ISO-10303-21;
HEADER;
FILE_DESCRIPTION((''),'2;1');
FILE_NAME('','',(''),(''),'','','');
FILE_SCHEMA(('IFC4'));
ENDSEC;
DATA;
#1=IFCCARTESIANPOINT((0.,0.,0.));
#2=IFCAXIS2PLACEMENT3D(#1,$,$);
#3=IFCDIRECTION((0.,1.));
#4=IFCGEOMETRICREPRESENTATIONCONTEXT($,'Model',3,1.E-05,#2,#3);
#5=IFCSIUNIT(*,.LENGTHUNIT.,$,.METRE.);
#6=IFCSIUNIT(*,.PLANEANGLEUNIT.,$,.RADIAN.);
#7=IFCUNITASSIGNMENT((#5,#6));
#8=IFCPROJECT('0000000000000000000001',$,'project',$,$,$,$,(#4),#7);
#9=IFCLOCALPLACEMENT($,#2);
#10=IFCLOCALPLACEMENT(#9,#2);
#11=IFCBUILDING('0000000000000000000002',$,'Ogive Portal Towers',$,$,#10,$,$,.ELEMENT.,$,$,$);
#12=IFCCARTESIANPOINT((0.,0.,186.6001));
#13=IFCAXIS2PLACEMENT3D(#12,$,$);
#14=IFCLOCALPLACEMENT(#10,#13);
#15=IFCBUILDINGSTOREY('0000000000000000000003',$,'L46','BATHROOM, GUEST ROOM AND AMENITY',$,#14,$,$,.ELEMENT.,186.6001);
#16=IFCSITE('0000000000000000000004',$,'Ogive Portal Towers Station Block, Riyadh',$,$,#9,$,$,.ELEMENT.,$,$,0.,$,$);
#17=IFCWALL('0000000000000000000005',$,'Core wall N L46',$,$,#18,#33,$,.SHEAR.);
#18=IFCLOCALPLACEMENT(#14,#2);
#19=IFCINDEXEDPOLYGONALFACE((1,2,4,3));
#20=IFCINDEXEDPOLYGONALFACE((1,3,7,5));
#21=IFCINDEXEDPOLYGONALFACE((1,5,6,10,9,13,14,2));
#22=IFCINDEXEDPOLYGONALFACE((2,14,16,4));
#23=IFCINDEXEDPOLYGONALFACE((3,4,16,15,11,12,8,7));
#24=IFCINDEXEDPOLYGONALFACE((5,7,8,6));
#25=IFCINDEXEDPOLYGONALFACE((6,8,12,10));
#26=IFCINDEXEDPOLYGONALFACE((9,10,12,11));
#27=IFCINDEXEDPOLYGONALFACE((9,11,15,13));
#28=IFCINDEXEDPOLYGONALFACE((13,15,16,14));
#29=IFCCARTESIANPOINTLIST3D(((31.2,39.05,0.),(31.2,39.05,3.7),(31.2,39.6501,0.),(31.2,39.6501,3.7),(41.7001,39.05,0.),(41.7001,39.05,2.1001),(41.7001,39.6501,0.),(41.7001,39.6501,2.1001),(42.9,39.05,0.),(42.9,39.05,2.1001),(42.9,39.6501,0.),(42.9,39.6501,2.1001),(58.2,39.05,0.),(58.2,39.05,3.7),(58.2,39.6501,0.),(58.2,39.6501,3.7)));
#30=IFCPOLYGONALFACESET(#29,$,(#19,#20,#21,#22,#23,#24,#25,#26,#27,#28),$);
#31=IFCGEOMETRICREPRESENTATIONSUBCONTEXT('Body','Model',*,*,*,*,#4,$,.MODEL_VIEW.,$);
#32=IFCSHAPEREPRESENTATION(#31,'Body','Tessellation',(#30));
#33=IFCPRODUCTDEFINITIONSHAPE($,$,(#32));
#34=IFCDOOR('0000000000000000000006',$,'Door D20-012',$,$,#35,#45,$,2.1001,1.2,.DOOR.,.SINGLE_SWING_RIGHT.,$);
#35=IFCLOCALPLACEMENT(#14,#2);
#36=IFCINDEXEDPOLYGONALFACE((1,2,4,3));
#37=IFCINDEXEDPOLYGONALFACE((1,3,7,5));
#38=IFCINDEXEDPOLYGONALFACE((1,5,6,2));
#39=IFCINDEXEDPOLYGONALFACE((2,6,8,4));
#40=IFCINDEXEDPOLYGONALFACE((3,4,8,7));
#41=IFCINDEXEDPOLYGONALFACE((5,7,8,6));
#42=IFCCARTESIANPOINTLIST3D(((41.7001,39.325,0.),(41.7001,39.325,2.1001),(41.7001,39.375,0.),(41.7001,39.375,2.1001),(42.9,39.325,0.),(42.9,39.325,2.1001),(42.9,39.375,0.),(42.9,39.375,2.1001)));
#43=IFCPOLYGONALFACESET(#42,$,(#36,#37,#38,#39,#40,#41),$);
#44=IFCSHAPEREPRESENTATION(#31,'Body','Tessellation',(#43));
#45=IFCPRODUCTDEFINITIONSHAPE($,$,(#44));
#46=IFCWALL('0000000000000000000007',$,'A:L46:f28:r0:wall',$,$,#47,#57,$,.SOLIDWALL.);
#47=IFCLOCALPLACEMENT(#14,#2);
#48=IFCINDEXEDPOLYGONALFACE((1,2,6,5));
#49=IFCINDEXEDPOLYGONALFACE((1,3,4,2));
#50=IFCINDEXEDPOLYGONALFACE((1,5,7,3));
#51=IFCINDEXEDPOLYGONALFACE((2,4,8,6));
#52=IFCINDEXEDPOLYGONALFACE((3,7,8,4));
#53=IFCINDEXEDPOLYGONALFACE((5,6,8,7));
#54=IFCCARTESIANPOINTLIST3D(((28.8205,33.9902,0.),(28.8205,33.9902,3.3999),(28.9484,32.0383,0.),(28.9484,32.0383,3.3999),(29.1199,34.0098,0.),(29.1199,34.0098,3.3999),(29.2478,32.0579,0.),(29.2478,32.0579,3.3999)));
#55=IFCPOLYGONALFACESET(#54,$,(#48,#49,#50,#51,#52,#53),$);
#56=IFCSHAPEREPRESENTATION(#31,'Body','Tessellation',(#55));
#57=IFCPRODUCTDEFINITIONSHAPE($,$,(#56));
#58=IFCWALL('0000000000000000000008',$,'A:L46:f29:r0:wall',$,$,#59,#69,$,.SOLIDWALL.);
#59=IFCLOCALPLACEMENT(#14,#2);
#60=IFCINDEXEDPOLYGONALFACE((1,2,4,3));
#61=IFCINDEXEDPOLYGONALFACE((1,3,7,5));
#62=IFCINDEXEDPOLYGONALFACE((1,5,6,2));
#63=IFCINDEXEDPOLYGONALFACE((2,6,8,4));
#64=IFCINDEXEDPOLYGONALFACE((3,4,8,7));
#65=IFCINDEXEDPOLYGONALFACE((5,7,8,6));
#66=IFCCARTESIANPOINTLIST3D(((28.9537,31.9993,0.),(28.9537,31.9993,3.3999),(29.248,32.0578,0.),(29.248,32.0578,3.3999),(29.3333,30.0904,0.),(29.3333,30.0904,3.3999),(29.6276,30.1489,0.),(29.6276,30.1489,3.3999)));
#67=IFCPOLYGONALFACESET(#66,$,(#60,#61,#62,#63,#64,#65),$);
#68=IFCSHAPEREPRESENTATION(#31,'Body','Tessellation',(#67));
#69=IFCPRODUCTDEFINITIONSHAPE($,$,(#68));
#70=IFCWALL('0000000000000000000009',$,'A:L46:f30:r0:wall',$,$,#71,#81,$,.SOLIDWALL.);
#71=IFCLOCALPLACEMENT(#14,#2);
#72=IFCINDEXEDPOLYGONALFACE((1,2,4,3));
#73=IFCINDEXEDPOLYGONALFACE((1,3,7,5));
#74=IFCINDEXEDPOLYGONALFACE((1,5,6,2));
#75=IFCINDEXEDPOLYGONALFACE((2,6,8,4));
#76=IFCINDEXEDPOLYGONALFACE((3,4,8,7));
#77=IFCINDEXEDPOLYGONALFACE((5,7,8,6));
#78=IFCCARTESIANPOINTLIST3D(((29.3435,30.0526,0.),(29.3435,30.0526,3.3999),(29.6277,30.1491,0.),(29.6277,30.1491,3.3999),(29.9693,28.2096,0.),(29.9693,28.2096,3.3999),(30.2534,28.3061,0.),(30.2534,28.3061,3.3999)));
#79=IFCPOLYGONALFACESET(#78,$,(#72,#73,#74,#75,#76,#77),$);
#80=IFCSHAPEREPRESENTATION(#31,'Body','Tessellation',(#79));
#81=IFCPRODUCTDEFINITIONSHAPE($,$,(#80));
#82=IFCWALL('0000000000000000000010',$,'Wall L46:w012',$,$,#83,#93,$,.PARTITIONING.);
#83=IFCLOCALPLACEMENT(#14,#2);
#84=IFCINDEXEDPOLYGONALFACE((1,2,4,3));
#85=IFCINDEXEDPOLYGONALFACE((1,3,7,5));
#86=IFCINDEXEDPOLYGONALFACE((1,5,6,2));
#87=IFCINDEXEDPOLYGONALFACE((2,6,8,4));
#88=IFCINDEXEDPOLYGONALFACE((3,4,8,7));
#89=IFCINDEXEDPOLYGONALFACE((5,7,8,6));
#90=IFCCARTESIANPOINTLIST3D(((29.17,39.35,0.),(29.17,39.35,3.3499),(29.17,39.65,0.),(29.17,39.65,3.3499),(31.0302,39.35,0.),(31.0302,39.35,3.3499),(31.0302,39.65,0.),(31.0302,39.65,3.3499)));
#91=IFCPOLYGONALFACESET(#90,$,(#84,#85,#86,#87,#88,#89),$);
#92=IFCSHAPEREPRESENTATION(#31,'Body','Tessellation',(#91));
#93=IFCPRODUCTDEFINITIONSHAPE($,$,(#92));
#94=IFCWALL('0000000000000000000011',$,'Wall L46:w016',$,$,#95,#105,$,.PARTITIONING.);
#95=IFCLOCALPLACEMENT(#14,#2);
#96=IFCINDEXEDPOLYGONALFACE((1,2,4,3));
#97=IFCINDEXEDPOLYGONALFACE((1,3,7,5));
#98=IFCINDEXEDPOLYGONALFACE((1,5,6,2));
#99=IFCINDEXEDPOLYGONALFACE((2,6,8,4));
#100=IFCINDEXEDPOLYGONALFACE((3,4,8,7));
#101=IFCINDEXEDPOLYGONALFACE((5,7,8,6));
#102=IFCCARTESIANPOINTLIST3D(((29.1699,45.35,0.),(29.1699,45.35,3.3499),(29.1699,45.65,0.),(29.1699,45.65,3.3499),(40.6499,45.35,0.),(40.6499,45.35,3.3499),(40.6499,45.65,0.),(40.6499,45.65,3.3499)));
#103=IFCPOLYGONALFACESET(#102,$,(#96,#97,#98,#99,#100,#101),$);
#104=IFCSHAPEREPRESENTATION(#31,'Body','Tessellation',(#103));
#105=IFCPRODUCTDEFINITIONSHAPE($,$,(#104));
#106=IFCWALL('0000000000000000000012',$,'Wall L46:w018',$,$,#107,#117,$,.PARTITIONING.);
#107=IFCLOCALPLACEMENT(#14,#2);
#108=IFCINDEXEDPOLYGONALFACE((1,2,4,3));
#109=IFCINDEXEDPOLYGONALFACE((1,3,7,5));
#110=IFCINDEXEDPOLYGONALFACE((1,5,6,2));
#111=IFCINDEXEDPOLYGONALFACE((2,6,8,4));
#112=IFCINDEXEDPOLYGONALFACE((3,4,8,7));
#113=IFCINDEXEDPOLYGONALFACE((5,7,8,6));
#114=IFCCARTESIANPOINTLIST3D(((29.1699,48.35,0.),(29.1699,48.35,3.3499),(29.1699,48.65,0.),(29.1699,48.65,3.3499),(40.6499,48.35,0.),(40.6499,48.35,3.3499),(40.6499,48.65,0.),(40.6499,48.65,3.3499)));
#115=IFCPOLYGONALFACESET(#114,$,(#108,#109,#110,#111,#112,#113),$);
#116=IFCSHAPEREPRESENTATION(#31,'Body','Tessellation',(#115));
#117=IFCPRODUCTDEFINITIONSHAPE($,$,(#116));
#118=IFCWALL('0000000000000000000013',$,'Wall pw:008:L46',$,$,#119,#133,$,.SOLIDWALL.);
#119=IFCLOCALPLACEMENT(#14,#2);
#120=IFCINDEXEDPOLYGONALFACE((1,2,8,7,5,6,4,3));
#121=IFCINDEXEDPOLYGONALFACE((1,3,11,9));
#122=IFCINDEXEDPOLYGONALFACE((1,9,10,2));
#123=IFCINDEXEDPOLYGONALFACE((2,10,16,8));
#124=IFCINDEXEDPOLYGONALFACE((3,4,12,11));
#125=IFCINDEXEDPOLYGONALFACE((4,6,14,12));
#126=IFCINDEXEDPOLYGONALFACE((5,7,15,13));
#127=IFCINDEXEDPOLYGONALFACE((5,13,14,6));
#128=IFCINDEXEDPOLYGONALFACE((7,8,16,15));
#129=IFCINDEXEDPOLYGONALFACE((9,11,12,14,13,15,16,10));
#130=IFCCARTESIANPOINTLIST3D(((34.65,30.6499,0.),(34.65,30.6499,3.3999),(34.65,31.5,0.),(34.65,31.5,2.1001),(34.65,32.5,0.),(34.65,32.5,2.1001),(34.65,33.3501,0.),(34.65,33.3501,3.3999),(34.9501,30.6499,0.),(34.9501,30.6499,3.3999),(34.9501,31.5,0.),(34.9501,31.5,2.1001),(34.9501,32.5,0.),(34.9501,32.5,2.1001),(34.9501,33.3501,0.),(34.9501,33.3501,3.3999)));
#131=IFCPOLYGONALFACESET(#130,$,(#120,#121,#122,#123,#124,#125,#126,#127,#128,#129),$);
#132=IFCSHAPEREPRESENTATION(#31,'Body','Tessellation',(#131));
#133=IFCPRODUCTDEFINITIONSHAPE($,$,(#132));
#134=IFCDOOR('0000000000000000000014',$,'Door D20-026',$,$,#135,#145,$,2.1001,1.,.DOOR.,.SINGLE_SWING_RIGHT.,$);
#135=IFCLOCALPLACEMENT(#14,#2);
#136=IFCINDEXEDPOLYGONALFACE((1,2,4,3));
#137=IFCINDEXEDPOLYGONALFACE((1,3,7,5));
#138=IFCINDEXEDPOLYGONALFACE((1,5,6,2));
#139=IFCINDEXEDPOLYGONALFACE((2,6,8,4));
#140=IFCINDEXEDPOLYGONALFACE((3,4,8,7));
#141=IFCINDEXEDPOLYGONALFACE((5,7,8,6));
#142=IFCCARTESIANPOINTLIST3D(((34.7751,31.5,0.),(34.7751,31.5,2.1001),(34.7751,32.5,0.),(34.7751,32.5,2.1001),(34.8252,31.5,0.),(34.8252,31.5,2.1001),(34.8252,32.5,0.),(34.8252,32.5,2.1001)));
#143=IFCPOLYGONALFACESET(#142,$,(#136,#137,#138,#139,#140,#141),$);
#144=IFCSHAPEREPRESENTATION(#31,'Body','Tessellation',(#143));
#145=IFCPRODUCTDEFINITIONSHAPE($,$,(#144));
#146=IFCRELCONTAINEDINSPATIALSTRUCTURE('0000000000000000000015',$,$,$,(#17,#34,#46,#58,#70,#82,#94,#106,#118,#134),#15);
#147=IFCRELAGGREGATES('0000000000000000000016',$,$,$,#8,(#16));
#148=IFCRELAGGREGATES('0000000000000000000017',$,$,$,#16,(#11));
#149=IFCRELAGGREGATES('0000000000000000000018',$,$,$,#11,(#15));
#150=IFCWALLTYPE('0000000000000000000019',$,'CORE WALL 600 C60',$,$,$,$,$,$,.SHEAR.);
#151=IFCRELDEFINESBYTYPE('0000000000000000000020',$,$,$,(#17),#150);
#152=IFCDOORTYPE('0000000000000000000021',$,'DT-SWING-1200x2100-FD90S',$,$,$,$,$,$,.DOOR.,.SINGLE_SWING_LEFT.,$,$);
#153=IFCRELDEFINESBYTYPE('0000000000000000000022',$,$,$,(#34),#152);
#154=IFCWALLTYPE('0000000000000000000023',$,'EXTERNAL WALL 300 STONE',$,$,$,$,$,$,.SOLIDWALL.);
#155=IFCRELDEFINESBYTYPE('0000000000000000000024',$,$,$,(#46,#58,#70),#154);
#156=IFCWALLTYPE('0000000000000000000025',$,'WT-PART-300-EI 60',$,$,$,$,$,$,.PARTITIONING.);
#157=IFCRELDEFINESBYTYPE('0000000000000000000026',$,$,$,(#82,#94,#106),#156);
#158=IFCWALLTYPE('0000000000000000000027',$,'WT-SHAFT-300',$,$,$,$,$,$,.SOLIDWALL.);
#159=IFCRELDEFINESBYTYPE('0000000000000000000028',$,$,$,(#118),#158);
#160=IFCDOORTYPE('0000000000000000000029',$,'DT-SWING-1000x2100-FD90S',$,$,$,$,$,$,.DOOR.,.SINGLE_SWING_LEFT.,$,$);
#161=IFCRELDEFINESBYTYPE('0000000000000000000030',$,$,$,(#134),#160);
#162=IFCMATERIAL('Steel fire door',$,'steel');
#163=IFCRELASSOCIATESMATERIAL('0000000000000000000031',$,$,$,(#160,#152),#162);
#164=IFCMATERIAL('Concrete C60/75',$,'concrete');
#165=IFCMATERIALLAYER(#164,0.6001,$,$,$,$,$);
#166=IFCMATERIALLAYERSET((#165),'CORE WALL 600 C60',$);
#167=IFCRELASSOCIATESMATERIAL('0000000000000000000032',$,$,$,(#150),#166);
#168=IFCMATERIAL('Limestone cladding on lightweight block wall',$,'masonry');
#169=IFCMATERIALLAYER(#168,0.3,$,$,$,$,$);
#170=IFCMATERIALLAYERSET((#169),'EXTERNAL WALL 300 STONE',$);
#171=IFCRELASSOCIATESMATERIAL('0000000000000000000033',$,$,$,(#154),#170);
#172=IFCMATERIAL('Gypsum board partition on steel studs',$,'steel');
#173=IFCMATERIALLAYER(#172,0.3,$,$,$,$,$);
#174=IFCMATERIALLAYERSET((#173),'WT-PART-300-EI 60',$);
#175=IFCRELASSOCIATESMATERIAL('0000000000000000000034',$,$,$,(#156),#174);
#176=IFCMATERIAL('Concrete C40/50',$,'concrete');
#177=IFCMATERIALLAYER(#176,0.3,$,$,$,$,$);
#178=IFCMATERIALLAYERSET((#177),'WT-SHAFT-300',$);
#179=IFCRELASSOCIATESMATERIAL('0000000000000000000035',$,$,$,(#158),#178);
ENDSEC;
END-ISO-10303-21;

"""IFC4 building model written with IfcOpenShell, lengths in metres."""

from ifc_helpers import new_model, si_unit, direction, frame, frame_2d, origin, place, context, subcontext, project, spatial, rectangle, extrude, material, layer, layer_set, type_object, element, fill, save


model = new_model("IFC4")

# Units and contexts
model_context = context("Model", 3, precision=1e-05, world=origin(), true_north=direction((0.0, 1.0)))
body_context = subcontext(model_context, "Body", "Model", "MODEL_VIEW")
ifc_project = project(units=[si_unit("LENGTHUNIT", "METRE"), si_unit("PLANEANGLEUNIT", "RADIAN")], contexts=[model_context])

# Site, building, storey
site_placement = place(None, origin())
site = spatial("IfcSite", under=ifc_project, at=site_placement, Name="Ogive Portal Towers Station Block, Riyadh", CompositionType="ELEMENT", RefElevation=0.0)
building_placement = place(site_placement, origin())
building = spatial("IfcBuilding", under=site, at=building_placement, Name="Ogive Portal Towers", CompositionType="ELEMENT")
storey_placement = place(building_placement, frame((0.0, 0.0, 186.6001)))
storey = spatial("IfcBuildingStorey", under=building, at=storey_placement, Name="L46", Description="BATHROOM, GUEST ROOM AND AMENITY", CompositionType="ELEMENT", Elevation=186.6001)

# Shared definitions
ifc_material_1 = material(Name="Concrete C40/50", Category="concrete")

# Shared definitions
ifc_material_2 = material(Name="Concrete C60/75", Category="concrete")
ifc_material_3 = material(Name="Steel fire door", Category="steel")
door_type_1 = type_object("IfcDoorType", Name="DT-SWING-1000x2100-FD90S", OperationType="SINGLE_SWING_LEFT", PredefinedType="DOOR", material=ifc_material_3)
door_type_2 = type_object("IfcDoorType", Name="DT-SWING-1200x2100-FD90S", OperationType="SINGLE_SWING_LEFT", PredefinedType="DOOR", material=ifc_material_3)

# Wall, opening, door
ifc_layer_1 = layer(ifc_material_2, 0.6001)
ifc_layer_set_1 = layer_set([ifc_layer_1], Name="CORE WALL 600 C60")
wall_type_1 = type_object("IfcWallType", Name="CORE WALL 600 C60", PredefinedType="SHEAR", material=ifc_layer_set_1)
wall_1_placement = place(storey_placement, frame((31.2, 39.3501, 0.0), z_axis=(0.0, 0.0, 1.0), x_axis=(1.0, 0.0, 0.0)))
wall_1 = element("IfcWall", 1, at=wall_1_placement, inside=storey, type_object=wall_type_1, Name="Core wall N L46", PredefinedType="SHEAR", context=body_context, shape_type="SweptSolid", body=[
    extrude(rectangle(XDim=27.0, YDim=0.6001, at=frame_2d((13.5, 0.0))), origin(), (0.0, 0.0, 1.0), 3.7),
])
opening_1_placement = place(wall_1_placement, frame((10.5, 0.0, 0.0)))
opening_1 = element("IfcOpeningElement", 2, at=opening_1_placement, cuts=wall_1, PredefinedType="OPENING", context=body_context, shape_type="SweptSolid", body=[
    extrude(rectangle(XDim=1.2, YDim=2.1001, at=frame_2d((0.6001, 1.05))), frame((0.0, 0.3101, 0.0), z_axis=(0.0, -1.0, 0.0), x_axis=(1.0, 0.0, 0.0)), (0.0, 0.0, 1.0), 0.6201),
])
door_1_placement = place(opening_1_placement, origin())
door_1 = element("IfcDoor", 3, at=door_1_placement, inside=storey, type_object=door_type_2, Name="Door D20-012", OperationType="SINGLE_SWING_RIGHT", OverallHeight=2.1001, OverallWidth=1.2, PredefinedType="DOOR", context=body_context, shape_type="SweptSolid", body=[
    extrude(rectangle(XDim=1.2, YDim=2.1001, at=frame_2d((0.6001, 1.05))), frame((0.0, 0.0249, 0.0), z_axis=(0.0, -1.0, 0.0), x_axis=(1.0, 0.0, 0.0)), (0.0, 0.0, 1.0), 0.05),
])
fill(opening_1, door_1)

# Walls
ifc_material_4 = material(Name="Limestone cladding on lightweight block wall", Category="masonry")
ifc_layer_2 = layer(ifc_material_4, 0.3)
ifc_layer_set_2 = layer_set([ifc_layer_2], Name="EXTERNAL WALL 300 STONE")
wall_type_2 = type_object("IfcWallType", Name="EXTERNAL WALL 300 STONE", PredefinedType="SOLIDWALL", material=ifc_layer_set_2)
wall_2_placement = place(storey_placement, frame((28.9702, 34.0, 0.0), z_axis=(0.0, 0.0, 1.0), x_axis=(0.065401, -0.997859, 0.0)))
element("IfcWall", 4, at=wall_2_placement, inside=storey, type_object=wall_type_2, Name="A:L46:f28:r0:wall", PredefinedType="SOLIDWALL", context=body_context, shape_type="SweptSolid", body=[
    extrude(rectangle(XDim=1.9561, YDim=0.3, at=frame_2d((0.978, 0.0))), origin(), (0.0, 0.0, 1.0), 3.3999),
])
for number, where, z_axis, x_axis, name in (
    (5, (29.1008, 32.0286, 0.0), (0.0, 0.0, 1.0), (0.195055, -0.980792, 0.0), "A:L46:f29:r0:wall"),
    (6, (29.4856, 30.1008, 0.0), (0.0, 0.0, 1.0), (0.321491, -0.946913, 0.0), "A:L46:f30:r0:wall"),
):
    element("IfcWall", number, at=place(storey_placement, frame(where, z_axis=z_axis, x_axis=x_axis)), inside=storey, type_object=wall_type_2, Name=name, PredefinedType="SOLIDWALL", context=body_context, shape_type="SweptSolid", body=[
        extrude(rectangle(XDim=1.9463, YDim=0.3, at=frame_2d((0.9731, 0.0))), origin(), (0.0, 0.0, 1.0), 3.3999),
    ])
ifc_material_5 = material(Name="Gypsum board partition on steel studs", Category="steel")
ifc_layer_3 = layer(ifc_material_5, 0.3)
ifc_layer_set_3 = layer_set([ifc_layer_3], Name="WT-PART-300-EI 60")
wall_type_3 = type_object("IfcWallType", Name="WT-PART-300-EI 60", PredefinedType="PARTITIONING", material=ifc_layer_set_3)
wall_3_placement = place(storey_placement, frame((29.1699, 39.5, 0.0), z_axis=(0.0, 0.0, 1.0), x_axis=(1.0, 0.0, 0.0)))
element("IfcWall", 7, at=wall_3_placement, inside=storey, type_object=wall_type_3, Name="Wall L46:w012", PredefinedType="PARTITIONING", context=body_context, shape_type="SweptSolid", body=[
    extrude(rectangle(XDim=1.8601, YDim=0.3, at=frame_2d((0.9302, 0.0))), origin(), (0.0, 0.0, 1.0), 3.3499),
])
for number, where, z_axis, x_axis, name in (
    (8, (29.1699, 45.5, 0.0), (0.0, 0.0, 1.0), (1.0, 0.0, 0.0), "Wall L46:w016"),
    (9, (29.1699, 48.5, 0.0), (0.0, 0.0, 1.0), (1.0, 0.0, 0.0), "Wall L46:w018"),
):
    element("IfcWall", number, at=place(storey_placement, frame(where, z_axis=z_axis, x_axis=x_axis)), inside=storey, type_object=wall_type_3, Name=name, PredefinedType="PARTITIONING", context=body_context, shape_type="SweptSolid", body=[
        extrude(rectangle(XDim=11.48, YDim=0.3, at=frame_2d((5.74, 0.0))), origin(), (0.0, 0.0, 1.0), 3.3499),
    ])

# Wall, opening, door
ifc_layer_4 = layer(ifc_material_1, 0.3)
ifc_layer_set_4 = layer_set([ifc_layer_4], Name="WT-SHAFT-300")
wall_type_4 = type_object("IfcWallType", Name="WT-SHAFT-300", PredefinedType="SOLIDWALL", material=ifc_layer_set_4)
wall_4_placement = place(storey_placement, frame((34.8, 30.6499, 0.0), z_axis=(0.0, 0.0, 1.0), x_axis=(0.0, 1.0, 0.0)))
wall_4 = element("IfcWall", 10, at=wall_4_placement, inside=storey, type_object=wall_type_4, Name="Wall pw:008:L46", PredefinedType="SOLIDWALL", context=body_context, shape_type="SweptSolid", body=[
    extrude(rectangle(XDim=2.7002, YDim=0.3, at=frame_2d((1.3501, 0.0))), origin(), (0.0, 0.0, 1.0), 3.3999),
])
opening_2_placement = place(wall_4_placement, frame((0.8501, 0.0, 0.0)))
opening_2 = element("IfcOpeningElement", 11, at=opening_2_placement, cuts=wall_4, PredefinedType="OPENING", context=body_context, shape_type="SweptSolid", body=[
    extrude(rectangle(XDim=1.0, YDim=2.1001, at=frame_2d((0.5, 1.05))), frame((0.0, 0.1602, 0.0), z_axis=(0.0, -1.0, 0.0), x_axis=(1.0, 0.0, 0.0)), (0.0, 0.0, 1.0), 0.3201),
])
door_2_placement = place(opening_2_placement, origin())
door_2 = element("IfcDoor", 12, at=door_2_placement, inside=storey, type_object=door_type_1, Name="Door D20-026", OperationType="SINGLE_SWING_RIGHT", OverallHeight=2.1001, OverallWidth=1.0, PredefinedType="DOOR", context=body_context, shape_type="SweptSolid", body=[
    extrude(rectangle(XDim=1.0, YDim=2.1001, at=frame_2d((0.5, 1.05))), frame((0.0, 0.0249, 0.0), z_axis=(0.0, -1.0, 0.0), x_axis=(1.0, 0.0, 0.0)), (0.0, 0.0, 1.0), 0.05),
])
fill(opening_2, door_2)

save(model, "model.ifc")
